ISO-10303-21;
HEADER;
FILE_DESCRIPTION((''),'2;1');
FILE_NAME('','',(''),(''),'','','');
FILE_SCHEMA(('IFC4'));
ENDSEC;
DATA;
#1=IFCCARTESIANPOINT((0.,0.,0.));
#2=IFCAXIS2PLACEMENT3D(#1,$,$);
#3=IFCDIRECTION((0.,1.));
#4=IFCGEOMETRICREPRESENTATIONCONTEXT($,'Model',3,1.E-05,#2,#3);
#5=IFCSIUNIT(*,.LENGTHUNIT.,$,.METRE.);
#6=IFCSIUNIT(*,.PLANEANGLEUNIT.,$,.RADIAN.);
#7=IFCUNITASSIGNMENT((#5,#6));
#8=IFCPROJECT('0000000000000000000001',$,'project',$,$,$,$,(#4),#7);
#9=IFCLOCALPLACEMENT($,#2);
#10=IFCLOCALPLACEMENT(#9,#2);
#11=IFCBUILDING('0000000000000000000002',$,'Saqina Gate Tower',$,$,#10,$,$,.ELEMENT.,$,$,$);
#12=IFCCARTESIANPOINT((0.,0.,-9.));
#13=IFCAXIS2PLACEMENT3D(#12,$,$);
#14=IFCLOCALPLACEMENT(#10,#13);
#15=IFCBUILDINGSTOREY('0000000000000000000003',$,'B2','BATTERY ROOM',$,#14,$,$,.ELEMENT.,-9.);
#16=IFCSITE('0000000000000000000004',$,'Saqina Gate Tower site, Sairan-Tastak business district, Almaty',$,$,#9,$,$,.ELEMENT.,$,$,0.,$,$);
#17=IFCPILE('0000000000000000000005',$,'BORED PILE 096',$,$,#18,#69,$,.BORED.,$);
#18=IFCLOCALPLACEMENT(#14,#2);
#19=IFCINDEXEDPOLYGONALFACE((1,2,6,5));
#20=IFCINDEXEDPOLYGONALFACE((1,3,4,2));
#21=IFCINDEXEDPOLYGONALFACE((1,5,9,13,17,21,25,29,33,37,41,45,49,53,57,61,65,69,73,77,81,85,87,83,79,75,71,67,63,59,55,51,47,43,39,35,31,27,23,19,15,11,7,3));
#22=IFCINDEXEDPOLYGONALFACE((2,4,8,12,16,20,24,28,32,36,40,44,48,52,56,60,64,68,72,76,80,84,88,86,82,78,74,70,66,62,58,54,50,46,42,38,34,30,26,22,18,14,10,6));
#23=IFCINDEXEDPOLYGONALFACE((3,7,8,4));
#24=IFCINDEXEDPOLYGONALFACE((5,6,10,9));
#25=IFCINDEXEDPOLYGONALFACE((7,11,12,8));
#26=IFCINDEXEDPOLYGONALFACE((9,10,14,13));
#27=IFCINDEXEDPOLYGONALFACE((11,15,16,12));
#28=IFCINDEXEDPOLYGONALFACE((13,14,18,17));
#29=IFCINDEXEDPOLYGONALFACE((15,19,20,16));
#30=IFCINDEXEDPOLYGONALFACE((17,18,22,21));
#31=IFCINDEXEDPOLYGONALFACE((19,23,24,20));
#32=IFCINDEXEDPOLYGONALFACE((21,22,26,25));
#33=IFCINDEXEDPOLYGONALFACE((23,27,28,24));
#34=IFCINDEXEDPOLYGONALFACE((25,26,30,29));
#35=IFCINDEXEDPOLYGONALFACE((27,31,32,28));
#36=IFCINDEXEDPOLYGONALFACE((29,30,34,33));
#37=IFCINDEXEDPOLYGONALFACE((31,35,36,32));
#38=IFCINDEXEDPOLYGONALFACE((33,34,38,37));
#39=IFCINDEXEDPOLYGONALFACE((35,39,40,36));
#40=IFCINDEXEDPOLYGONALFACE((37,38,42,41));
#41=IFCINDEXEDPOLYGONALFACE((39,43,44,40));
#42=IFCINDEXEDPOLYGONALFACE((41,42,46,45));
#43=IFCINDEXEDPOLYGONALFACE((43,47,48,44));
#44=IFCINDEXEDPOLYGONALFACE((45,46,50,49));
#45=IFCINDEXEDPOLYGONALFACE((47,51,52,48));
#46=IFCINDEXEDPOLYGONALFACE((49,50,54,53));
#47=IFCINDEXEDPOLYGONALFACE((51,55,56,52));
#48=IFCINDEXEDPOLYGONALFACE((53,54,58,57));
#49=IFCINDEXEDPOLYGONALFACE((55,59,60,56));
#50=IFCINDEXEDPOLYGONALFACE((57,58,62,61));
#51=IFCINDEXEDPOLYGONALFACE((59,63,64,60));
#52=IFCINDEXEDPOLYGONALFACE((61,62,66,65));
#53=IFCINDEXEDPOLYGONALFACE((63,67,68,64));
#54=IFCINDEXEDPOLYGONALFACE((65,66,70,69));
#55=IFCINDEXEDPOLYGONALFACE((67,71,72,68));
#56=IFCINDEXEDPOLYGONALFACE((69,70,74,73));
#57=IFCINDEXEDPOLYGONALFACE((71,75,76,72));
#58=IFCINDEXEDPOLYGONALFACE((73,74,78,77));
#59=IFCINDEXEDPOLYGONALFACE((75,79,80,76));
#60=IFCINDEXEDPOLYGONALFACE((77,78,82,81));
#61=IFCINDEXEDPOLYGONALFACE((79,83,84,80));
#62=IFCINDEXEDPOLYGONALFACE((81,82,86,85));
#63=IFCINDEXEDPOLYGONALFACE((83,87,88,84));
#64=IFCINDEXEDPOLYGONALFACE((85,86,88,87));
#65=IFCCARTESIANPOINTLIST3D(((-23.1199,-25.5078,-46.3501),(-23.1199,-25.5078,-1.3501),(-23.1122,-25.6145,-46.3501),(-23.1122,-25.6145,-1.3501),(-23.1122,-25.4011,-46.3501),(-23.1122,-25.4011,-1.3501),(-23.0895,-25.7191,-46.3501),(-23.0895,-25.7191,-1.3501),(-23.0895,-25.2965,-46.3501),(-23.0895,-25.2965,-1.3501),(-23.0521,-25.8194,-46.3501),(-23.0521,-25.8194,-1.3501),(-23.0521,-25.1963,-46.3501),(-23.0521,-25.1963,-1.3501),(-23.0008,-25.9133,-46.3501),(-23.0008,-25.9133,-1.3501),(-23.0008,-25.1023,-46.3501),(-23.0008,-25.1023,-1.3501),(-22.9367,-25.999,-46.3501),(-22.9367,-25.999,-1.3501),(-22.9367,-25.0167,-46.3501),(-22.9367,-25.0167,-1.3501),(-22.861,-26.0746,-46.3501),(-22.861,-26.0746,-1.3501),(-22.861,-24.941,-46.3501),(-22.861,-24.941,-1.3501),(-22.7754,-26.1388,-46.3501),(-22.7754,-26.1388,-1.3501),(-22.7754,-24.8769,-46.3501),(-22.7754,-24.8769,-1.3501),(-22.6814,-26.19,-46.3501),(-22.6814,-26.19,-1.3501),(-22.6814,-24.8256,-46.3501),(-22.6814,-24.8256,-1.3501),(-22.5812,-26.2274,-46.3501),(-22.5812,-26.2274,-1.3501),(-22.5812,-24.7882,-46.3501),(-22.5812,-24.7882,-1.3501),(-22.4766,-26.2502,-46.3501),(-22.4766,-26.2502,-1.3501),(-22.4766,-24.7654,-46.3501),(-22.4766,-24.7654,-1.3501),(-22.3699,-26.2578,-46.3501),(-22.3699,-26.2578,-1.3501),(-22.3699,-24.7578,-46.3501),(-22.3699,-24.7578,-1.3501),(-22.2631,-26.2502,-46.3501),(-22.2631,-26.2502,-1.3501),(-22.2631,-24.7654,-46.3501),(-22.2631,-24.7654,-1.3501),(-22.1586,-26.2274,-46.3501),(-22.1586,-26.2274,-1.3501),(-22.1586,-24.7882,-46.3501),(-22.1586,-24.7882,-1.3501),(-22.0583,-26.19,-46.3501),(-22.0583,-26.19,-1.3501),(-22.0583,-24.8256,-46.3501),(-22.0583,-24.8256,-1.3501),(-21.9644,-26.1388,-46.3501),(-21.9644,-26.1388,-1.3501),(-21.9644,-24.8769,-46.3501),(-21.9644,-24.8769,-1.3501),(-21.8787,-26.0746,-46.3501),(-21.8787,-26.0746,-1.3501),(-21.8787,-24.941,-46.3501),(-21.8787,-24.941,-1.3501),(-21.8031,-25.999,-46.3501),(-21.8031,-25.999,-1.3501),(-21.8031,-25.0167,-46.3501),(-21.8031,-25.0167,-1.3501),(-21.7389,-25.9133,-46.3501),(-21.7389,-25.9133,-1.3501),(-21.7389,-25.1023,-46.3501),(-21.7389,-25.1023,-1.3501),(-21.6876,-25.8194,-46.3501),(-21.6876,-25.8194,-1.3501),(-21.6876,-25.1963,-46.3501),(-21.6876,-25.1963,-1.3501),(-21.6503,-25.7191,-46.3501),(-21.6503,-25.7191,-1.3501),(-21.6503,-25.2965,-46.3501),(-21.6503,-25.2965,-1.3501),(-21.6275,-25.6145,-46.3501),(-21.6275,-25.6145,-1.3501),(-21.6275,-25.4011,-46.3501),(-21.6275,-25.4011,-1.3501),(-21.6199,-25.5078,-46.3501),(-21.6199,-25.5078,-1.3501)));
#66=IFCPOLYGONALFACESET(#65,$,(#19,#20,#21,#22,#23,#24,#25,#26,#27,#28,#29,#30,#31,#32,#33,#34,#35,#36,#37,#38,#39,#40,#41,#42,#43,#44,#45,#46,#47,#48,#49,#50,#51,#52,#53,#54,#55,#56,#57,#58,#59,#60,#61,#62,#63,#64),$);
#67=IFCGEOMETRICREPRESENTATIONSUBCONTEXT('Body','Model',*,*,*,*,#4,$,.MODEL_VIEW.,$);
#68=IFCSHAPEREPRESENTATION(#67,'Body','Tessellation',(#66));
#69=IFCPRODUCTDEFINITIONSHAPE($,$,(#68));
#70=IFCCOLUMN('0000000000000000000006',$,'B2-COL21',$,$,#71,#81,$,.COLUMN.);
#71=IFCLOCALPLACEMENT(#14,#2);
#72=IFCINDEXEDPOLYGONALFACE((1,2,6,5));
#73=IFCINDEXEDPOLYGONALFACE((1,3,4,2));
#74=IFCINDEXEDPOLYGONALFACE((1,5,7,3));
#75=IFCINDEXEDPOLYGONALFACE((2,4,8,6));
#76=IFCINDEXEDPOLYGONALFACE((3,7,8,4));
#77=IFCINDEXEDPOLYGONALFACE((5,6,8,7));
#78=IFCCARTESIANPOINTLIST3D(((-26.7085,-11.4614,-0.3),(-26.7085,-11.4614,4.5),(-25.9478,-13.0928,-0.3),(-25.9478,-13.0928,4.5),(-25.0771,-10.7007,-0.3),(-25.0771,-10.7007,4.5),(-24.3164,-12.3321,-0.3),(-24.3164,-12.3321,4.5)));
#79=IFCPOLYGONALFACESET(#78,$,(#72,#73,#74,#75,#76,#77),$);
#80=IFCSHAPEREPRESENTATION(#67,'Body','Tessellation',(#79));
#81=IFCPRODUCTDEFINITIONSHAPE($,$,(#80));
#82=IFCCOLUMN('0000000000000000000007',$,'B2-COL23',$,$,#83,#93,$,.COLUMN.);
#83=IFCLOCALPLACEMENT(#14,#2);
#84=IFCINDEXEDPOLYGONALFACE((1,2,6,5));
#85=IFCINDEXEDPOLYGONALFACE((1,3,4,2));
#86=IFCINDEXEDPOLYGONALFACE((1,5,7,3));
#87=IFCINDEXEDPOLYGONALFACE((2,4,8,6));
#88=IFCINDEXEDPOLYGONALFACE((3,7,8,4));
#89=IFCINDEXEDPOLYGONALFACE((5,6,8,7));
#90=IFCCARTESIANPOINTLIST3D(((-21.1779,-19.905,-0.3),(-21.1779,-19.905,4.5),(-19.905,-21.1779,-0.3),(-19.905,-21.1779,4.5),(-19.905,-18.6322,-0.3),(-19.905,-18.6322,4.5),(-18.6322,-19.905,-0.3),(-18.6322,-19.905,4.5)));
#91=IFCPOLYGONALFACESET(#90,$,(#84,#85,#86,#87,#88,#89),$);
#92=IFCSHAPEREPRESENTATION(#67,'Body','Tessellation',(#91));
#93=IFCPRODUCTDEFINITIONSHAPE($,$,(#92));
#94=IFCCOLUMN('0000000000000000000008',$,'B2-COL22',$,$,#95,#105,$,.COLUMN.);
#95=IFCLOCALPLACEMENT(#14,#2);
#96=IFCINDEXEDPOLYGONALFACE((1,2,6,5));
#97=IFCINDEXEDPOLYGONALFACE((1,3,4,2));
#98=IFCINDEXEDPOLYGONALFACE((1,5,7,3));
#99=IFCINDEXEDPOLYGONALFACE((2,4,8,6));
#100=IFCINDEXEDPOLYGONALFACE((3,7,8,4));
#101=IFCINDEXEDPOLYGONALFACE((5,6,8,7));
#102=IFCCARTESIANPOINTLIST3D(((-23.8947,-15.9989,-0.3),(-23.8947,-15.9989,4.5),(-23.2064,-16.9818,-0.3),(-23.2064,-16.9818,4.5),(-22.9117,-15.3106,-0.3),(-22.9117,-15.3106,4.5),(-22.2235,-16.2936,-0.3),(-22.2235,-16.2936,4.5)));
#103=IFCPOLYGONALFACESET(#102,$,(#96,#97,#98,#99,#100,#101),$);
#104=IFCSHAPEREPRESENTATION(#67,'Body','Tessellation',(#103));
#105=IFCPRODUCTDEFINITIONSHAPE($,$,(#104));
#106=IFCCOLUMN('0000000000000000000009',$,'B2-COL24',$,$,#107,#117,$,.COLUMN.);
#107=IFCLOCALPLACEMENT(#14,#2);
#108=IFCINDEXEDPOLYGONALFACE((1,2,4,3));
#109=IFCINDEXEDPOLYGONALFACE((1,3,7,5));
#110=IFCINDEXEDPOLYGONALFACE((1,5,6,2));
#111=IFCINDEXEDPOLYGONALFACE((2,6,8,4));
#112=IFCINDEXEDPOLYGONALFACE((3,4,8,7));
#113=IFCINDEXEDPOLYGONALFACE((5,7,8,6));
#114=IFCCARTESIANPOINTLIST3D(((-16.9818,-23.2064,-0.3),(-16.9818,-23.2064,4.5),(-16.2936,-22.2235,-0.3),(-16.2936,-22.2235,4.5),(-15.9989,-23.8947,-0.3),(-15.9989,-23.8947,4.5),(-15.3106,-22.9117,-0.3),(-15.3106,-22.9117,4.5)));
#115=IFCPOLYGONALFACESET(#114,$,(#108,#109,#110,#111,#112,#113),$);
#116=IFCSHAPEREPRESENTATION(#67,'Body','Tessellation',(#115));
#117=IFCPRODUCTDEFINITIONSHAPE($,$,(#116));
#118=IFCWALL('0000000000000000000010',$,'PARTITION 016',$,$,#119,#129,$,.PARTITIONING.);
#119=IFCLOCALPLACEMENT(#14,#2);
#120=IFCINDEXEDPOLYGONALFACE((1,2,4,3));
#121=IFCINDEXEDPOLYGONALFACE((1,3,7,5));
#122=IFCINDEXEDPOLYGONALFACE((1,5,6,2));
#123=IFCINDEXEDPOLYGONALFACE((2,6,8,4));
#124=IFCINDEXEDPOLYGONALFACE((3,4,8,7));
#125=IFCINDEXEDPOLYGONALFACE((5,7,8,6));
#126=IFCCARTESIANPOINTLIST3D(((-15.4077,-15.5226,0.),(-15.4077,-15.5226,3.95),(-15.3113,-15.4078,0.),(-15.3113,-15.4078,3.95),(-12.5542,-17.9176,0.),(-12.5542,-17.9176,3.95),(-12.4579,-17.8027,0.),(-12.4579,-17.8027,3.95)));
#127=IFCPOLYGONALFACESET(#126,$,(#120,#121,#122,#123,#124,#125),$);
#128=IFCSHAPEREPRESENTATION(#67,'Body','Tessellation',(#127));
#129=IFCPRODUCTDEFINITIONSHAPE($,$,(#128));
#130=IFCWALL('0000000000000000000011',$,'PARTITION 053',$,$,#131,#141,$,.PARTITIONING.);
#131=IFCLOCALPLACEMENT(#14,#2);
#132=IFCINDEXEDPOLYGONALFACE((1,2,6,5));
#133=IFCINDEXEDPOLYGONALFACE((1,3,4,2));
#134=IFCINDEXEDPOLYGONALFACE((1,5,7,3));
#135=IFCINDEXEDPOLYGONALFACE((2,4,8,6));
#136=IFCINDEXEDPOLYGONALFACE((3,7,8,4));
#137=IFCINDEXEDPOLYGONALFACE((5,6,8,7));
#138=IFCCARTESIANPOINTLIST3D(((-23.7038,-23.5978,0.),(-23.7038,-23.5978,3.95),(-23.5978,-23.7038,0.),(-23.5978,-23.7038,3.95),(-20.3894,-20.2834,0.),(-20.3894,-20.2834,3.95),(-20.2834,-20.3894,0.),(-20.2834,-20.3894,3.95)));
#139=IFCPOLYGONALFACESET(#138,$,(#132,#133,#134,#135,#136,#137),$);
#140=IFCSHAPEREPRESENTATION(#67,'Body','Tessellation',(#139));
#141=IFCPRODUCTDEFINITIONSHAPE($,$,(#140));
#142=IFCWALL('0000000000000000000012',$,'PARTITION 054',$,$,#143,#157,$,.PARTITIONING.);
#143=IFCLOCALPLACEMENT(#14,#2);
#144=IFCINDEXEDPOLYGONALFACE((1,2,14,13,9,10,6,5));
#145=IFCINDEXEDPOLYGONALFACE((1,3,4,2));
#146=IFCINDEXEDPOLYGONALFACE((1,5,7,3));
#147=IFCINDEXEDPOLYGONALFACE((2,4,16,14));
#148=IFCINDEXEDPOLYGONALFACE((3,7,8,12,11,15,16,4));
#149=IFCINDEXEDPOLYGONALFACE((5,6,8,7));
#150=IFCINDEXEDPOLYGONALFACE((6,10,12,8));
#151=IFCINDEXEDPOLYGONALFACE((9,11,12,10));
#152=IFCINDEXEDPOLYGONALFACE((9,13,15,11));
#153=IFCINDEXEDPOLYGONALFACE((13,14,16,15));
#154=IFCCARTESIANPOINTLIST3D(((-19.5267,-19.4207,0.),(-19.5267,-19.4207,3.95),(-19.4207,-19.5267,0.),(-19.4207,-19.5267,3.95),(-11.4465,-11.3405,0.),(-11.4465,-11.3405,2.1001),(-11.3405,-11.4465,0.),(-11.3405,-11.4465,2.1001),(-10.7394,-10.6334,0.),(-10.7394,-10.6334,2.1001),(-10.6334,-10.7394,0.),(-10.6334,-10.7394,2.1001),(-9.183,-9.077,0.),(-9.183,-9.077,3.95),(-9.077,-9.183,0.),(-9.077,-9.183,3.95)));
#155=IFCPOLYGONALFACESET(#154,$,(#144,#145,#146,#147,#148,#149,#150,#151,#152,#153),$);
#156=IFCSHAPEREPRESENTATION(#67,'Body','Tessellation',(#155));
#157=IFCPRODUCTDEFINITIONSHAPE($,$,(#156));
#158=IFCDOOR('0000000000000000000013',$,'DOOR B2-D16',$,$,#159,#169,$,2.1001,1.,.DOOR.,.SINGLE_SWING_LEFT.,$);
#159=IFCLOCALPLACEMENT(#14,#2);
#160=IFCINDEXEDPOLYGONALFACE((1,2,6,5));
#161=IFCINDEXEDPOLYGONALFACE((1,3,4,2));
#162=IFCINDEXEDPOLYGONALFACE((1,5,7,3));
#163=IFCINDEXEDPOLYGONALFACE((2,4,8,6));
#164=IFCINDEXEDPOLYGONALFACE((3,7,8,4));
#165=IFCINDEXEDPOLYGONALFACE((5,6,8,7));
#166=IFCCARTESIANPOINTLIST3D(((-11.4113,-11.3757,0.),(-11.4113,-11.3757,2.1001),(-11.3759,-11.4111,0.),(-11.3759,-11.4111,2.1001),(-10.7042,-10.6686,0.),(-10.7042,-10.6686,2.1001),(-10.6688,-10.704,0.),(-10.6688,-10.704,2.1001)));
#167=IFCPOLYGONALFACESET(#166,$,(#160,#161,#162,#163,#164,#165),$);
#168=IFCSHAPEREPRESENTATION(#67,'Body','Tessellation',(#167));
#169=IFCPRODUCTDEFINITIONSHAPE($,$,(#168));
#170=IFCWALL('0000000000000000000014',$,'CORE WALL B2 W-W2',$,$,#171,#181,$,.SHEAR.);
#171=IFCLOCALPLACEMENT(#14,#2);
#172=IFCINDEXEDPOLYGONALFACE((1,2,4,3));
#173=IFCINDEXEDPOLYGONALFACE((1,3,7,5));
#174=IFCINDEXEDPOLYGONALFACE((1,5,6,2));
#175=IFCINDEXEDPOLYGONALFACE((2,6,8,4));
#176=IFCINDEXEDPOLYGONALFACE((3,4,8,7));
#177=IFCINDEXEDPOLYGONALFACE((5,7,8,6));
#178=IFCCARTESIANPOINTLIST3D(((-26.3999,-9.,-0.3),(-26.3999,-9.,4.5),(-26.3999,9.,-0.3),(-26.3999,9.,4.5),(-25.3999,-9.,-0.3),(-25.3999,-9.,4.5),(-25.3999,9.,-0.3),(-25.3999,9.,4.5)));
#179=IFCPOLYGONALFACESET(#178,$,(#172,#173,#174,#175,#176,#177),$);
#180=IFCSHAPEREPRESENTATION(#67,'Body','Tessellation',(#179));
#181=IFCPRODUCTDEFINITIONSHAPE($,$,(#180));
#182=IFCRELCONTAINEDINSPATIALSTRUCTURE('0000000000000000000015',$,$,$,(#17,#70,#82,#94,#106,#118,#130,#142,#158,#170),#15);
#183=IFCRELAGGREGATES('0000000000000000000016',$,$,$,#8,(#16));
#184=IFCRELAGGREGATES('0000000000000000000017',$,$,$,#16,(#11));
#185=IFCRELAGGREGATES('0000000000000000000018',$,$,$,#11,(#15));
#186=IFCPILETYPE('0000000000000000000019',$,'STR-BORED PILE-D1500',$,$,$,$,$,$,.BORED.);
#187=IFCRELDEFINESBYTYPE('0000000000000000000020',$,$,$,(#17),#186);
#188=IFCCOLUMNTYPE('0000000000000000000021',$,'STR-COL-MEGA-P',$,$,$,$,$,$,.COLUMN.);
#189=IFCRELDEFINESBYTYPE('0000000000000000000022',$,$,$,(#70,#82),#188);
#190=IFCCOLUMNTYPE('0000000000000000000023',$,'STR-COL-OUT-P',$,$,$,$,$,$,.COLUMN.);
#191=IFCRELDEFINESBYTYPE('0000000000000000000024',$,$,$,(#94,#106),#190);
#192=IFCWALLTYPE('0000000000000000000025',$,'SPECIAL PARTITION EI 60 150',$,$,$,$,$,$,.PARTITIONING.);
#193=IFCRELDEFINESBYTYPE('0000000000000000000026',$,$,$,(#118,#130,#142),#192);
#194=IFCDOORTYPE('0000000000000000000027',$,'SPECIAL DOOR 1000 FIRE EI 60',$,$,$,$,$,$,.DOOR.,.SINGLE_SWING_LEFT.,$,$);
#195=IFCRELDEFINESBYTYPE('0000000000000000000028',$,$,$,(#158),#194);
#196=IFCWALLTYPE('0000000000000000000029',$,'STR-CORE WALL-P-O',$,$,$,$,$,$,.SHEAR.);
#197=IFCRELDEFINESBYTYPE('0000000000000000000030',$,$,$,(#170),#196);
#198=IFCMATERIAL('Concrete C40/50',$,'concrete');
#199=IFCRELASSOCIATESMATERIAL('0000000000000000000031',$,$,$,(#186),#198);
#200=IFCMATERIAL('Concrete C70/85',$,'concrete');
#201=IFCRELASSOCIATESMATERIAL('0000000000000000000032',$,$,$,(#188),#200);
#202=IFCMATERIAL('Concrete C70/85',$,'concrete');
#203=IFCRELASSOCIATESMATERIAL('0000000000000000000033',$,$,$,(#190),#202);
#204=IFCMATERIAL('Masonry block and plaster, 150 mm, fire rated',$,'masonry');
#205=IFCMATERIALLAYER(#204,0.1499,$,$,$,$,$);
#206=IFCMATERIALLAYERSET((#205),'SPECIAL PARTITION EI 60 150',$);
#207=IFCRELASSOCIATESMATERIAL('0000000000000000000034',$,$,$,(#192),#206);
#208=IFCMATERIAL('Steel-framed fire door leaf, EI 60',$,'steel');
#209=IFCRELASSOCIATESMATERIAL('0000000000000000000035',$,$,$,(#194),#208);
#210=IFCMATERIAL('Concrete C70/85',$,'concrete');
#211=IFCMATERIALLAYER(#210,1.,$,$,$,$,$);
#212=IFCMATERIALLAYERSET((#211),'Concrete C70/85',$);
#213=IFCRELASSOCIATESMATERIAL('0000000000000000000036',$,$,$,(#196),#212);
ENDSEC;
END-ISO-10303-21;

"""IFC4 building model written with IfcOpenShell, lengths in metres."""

from ifc_helpers import new_model, si_unit, direction, frame, frame_2d, origin, origin_2d, place, context, subcontext, project, spatial, rectangle, circle, extrude, material, layer, layer_set, material_profile, profile_set, type_object, element, fill, save


model = new_model("IFC4")

# Units and contexts
model_context = context("Model", 3, precision=1e-05, world=origin(), true_north=direction((0.0, 1.0)))
body_context = subcontext(model_context, "Body", "Model", "MODEL_VIEW")
ifc_project = project(units=[si_unit("LENGTHUNIT", "METRE"), si_unit("PLANEANGLEUNIT", "RADIAN")], contexts=[model_context])

# Site, building, storey
site_placement = place(None, origin())
site = spatial("IfcSite", under=ifc_project, at=site_placement, Name="Saqina Gate Tower site, Sairan-Tastak business district, Almaty", CompositionType="ELEMENT", RefElevation=0.0)
building_placement = place(site_placement, origin())
building = spatial("IfcBuilding", under=site, at=building_placement, Name="Saqina Gate Tower", CompositionType="ELEMENT")
storey_placement = place(building_placement, frame((0.0, 0.0, -9.0)))
storey = spatial("IfcBuildingStorey", under=building, at=storey_placement, Name="B2", Description="BATTERY ROOM", CompositionType="ELEMENT", Elevation=-9.0)

# Pile
ifc_material_1 = material(Name="Concrete C40/50", Category="concrete")
ifc_material_profile_1 = material_profile(ifc_material_1, circle(Radius=0.75, at=origin_2d()), Name="RC D1500")
ifc_profile_set_1 = profile_set([ifc_material_profile_1], Name="Concrete C40/50")
pile_type = type_object("IfcPileType", Name="STR-BORED PILE-D1500", PredefinedType="BORED", material=ifc_profile_set_1)
for number, where, z_axis, x_axis, name in (
    (1, (-22.3699, -25.5078, -1.3501), (0.0, 0.0, -1.0), (1.0, 0.0, 0.0), "BORED PILE 096"),
):
    element("IfcPile", number, at=place(storey_placement, frame(where, z_axis=z_axis, x_axis=x_axis)), inside=storey, type_object=pile_type, Name=name, PredefinedType="BORED", context=body_context, shape_type="SweptSolid", body=[
        extrude(circle(Radius=0.75, at=origin_2d()), origin(), (0.0, 0.0, 1.0), 45.0),
    ])

# Columns
ifc_material_2 = material(Name="Concrete C70/85", Category="concrete")
ifc_material_profile_2 = material_profile(ifc_material_2, rectangle(XDim=1.8, YDim=1.8, at=origin_2d()), Name="RC 1800x1800")
ifc_profile_set_2 = profile_set([ifc_material_profile_2], Name="Concrete C70/85")
column_type_1 = type_object("IfcColumnType", Name="STR-COL-MEGA-P", PredefinedType="COLUMN", material=ifc_profile_set_2)
for number, where, z_axis, x_axis, name in (
    (2, (-25.5125, -11.8967, -0.3), (0.0, 0.0, 1.0), (-0.906308, -0.422618, 0.0), "B2-COL21"),
    (3, (-19.905, -19.905, -0.3), (0.0, 0.0, 1.0), (-0.707107, -0.707107, 0.0), "B2-COL23"),
):
    element("IfcColumn", number, at=place(storey_placement, frame(where, z_axis=z_axis, x_axis=x_axis)), inside=storey, type_object=column_type_1, Name=name, PredefinedType="COLUMN", context=body_context, shape_type="SweptSolid", body=[
        extrude(rectangle(XDim=1.8, YDim=1.8, at=origin_2d()), origin(), (0.0, 0.0, 1.0), 4.8),
    ])
ifc_material_3 = material(Name="Concrete C70/85", Category="concrete")
ifc_material_profile_3 = material_profile(ifc_material_3, rectangle(XDim=1.2, YDim=1.2, at=origin_2d()), Name="RC 1200x1200")
ifc_profile_set_3 = profile_set([ifc_material_profile_3], Name="Concrete C70/85")
column_type_2 = type_object("IfcColumnType", Name="STR-COL-OUT-P", PredefinedType="COLUMN", material=ifc_profile_set_3)
for number, where, z_axis, x_axis, name in (
    (4, (-23.0591, -16.1462, -0.3), (0.0, 0.0, 1.0), (-0.819152, -0.573576, 0.0), "B2-COL22"),
    (5, (-16.1462, -23.0591, -0.3), (0.0, 0.0, 1.0), (-0.573576, -0.819152, 0.0), "B2-COL24"),
):
    element("IfcColumn", number, at=place(storey_placement, frame(where, z_axis=z_axis, x_axis=x_axis)), inside=storey, type_object=column_type_2, Name=name, PredefinedType="COLUMN", context=body_context, shape_type="SweptSolid", body=[
        extrude(rectangle(XDim=1.2, YDim=1.2, at=origin_2d()), origin(), (0.0, 0.0, 1.0), 4.8),
    ])

# Walls
ifc_material_4 = material(Name="Masonry block and plaster, 150 mm, fire rated", Category="masonry")
ifc_layer_1 = layer(ifc_material_4, 0.1499)
ifc_layer_set_1 = layer_set([ifc_layer_1], Name="SPECIAL PARTITION EI 60 150")
wall_type_1 = type_object("IfcWallType", Name="SPECIAL PARTITION EI 60 150", PredefinedType="PARTITIONING", material=ifc_layer_set_1)
wall_1_placement = place(storey_placement, frame((-15.3596, -15.4651, 0.0), z_axis=(0.0, 0.0, 1.0), x_axis=(0.76596, -0.642888, 0.0)))
element("IfcWall", 6, at=wall_1_placement, inside=storey, type_object=wall_type_1, Name="PARTITION 016", PredefinedType="PARTITIONING", context=body_context, shape_type="SweptSolid", body=[
    extrude(rectangle(XDim=3.7253, YDim=0.1499, at=frame_2d((1.8628, 0.0))), origin(), (0.0, 0.0, 1.0), 3.95),
])
wall_2_placement = place(storey_placement, frame((-23.6509, -23.6509, 0.0), z_axis=(0.0, 0.0, 1.0), x_axis=(0.707107, 0.707107, 0.0)))
element("IfcWall", 7, at=wall_2_placement, inside=storey, type_object=wall_type_1, Name="PARTITION 053", PredefinedType="PARTITIONING", context=body_context, shape_type="SweptSolid", body=[
    extrude(rectangle(XDim=4.6873, YDim=0.1499, at=frame_2d((2.3438, 0.0))), origin(), (0.0, 0.0, 1.0), 3.95),
])

# Wall, opening, door
wall_3_placement = place(storey_placement, frame((-19.4736, -19.4736, 0.0), z_axis=(0.0, 0.0, 1.0), x_axis=(0.707107, 0.707107, 0.0)))
wall_3 = element("IfcWall", 8, at=wall_3_placement, inside=storey, type_object=wall_type_1, Name="PARTITION 054", PredefinedType="PARTITIONING", context=body_context, shape_type="SweptSolid", body=[
    extrude(rectangle(XDim=14.6282, YDim=0.1499, at=frame_2d((7.314, 0.0))), origin(), (0.0, 0.0, 1.0), 3.95),
])
opening_placement = place(wall_3_placement, frame((11.427, 0.0, 0.0)))
opening = element("IfcOpeningElement", 9, at=opening_placement, cuts=wall_3, PredefinedType="OPENING", context=body_context, shape_type="SweptSolid", body=[
    extrude(rectangle(XDim=1.0, YDim=2.1001, at=frame_2d((0.5, 1.05))), frame((0.0, 0.0869, 0.0), z_axis=(0.0, -1.0, 0.0), x_axis=(1.0, 0.0, 0.0)), (0.0, 0.0, 1.0), 0.1738),
])
ifc_material_5 = material(Name="Steel-framed fire door leaf, EI 60", Category="steel")
door_type = type_object("IfcDoorType", Name="SPECIAL DOOR 1000 FIRE EI 60", OperationType="SINGLE_SWING_LEFT", PredefinedType="DOOR", material=ifc_material_5)
door_placement = place(opening_placement, frame((1.0, 0.0, 0.0), z_axis=(0.0, 0.0, 1.0), x_axis=(-1.0, 0.0, 0.0)))
door = element("IfcDoor", 10, at=door_placement, inside=storey, type_object=door_type, Name="DOOR B2-D16", OperationType="SINGLE_SWING_LEFT", OverallHeight=2.1001, OverallWidth=1.0, PredefinedType="DOOR", context=body_context, shape_type="SweptSolid", body=[
    extrude(rectangle(XDim=1.0, YDim=2.1001, at=frame_2d((0.5, 1.05))), frame((0.0, 0.0249, 0.0), z_axis=(0.0, -1.0, 0.0), x_axis=(1.0, 0.0, 0.0)), (0.0, 0.0, 1.0), 0.05),
])
fill(opening, door)

# Wall
ifc_material_6 = material(Name="Concrete C70/85", Category="concrete")
ifc_layer_2 = layer(ifc_material_6, 1.0)
ifc_layer_set_2 = layer_set([ifc_layer_2], Name="Concrete C70/85")
wall_type_2 = type_object("IfcWallType", Name="STR-CORE WALL-P-O", PredefinedType="SHEAR", material=ifc_layer_set_2)
wall_4_placement = place(storey_placement, frame((-25.8999, -9.0, -0.3), z_axis=(0.0, 0.0, 1.0), x_axis=(0.0, 1.0, 0.0)))
element("IfcWall", 11, at=wall_4_placement, inside=storey, type_object=wall_type_2, Name="CORE WALL B2 W-W2", PredefinedType="SHEAR", context=body_context, shape_type="SweptSolid", body=[
    extrude(rectangle(XDim=18.0, YDim=1.0, at=frame_2d((9.0, 0.0))), origin(), (0.0, 0.0, 1.0), 4.8),
])

save(model, "model.ifc")
